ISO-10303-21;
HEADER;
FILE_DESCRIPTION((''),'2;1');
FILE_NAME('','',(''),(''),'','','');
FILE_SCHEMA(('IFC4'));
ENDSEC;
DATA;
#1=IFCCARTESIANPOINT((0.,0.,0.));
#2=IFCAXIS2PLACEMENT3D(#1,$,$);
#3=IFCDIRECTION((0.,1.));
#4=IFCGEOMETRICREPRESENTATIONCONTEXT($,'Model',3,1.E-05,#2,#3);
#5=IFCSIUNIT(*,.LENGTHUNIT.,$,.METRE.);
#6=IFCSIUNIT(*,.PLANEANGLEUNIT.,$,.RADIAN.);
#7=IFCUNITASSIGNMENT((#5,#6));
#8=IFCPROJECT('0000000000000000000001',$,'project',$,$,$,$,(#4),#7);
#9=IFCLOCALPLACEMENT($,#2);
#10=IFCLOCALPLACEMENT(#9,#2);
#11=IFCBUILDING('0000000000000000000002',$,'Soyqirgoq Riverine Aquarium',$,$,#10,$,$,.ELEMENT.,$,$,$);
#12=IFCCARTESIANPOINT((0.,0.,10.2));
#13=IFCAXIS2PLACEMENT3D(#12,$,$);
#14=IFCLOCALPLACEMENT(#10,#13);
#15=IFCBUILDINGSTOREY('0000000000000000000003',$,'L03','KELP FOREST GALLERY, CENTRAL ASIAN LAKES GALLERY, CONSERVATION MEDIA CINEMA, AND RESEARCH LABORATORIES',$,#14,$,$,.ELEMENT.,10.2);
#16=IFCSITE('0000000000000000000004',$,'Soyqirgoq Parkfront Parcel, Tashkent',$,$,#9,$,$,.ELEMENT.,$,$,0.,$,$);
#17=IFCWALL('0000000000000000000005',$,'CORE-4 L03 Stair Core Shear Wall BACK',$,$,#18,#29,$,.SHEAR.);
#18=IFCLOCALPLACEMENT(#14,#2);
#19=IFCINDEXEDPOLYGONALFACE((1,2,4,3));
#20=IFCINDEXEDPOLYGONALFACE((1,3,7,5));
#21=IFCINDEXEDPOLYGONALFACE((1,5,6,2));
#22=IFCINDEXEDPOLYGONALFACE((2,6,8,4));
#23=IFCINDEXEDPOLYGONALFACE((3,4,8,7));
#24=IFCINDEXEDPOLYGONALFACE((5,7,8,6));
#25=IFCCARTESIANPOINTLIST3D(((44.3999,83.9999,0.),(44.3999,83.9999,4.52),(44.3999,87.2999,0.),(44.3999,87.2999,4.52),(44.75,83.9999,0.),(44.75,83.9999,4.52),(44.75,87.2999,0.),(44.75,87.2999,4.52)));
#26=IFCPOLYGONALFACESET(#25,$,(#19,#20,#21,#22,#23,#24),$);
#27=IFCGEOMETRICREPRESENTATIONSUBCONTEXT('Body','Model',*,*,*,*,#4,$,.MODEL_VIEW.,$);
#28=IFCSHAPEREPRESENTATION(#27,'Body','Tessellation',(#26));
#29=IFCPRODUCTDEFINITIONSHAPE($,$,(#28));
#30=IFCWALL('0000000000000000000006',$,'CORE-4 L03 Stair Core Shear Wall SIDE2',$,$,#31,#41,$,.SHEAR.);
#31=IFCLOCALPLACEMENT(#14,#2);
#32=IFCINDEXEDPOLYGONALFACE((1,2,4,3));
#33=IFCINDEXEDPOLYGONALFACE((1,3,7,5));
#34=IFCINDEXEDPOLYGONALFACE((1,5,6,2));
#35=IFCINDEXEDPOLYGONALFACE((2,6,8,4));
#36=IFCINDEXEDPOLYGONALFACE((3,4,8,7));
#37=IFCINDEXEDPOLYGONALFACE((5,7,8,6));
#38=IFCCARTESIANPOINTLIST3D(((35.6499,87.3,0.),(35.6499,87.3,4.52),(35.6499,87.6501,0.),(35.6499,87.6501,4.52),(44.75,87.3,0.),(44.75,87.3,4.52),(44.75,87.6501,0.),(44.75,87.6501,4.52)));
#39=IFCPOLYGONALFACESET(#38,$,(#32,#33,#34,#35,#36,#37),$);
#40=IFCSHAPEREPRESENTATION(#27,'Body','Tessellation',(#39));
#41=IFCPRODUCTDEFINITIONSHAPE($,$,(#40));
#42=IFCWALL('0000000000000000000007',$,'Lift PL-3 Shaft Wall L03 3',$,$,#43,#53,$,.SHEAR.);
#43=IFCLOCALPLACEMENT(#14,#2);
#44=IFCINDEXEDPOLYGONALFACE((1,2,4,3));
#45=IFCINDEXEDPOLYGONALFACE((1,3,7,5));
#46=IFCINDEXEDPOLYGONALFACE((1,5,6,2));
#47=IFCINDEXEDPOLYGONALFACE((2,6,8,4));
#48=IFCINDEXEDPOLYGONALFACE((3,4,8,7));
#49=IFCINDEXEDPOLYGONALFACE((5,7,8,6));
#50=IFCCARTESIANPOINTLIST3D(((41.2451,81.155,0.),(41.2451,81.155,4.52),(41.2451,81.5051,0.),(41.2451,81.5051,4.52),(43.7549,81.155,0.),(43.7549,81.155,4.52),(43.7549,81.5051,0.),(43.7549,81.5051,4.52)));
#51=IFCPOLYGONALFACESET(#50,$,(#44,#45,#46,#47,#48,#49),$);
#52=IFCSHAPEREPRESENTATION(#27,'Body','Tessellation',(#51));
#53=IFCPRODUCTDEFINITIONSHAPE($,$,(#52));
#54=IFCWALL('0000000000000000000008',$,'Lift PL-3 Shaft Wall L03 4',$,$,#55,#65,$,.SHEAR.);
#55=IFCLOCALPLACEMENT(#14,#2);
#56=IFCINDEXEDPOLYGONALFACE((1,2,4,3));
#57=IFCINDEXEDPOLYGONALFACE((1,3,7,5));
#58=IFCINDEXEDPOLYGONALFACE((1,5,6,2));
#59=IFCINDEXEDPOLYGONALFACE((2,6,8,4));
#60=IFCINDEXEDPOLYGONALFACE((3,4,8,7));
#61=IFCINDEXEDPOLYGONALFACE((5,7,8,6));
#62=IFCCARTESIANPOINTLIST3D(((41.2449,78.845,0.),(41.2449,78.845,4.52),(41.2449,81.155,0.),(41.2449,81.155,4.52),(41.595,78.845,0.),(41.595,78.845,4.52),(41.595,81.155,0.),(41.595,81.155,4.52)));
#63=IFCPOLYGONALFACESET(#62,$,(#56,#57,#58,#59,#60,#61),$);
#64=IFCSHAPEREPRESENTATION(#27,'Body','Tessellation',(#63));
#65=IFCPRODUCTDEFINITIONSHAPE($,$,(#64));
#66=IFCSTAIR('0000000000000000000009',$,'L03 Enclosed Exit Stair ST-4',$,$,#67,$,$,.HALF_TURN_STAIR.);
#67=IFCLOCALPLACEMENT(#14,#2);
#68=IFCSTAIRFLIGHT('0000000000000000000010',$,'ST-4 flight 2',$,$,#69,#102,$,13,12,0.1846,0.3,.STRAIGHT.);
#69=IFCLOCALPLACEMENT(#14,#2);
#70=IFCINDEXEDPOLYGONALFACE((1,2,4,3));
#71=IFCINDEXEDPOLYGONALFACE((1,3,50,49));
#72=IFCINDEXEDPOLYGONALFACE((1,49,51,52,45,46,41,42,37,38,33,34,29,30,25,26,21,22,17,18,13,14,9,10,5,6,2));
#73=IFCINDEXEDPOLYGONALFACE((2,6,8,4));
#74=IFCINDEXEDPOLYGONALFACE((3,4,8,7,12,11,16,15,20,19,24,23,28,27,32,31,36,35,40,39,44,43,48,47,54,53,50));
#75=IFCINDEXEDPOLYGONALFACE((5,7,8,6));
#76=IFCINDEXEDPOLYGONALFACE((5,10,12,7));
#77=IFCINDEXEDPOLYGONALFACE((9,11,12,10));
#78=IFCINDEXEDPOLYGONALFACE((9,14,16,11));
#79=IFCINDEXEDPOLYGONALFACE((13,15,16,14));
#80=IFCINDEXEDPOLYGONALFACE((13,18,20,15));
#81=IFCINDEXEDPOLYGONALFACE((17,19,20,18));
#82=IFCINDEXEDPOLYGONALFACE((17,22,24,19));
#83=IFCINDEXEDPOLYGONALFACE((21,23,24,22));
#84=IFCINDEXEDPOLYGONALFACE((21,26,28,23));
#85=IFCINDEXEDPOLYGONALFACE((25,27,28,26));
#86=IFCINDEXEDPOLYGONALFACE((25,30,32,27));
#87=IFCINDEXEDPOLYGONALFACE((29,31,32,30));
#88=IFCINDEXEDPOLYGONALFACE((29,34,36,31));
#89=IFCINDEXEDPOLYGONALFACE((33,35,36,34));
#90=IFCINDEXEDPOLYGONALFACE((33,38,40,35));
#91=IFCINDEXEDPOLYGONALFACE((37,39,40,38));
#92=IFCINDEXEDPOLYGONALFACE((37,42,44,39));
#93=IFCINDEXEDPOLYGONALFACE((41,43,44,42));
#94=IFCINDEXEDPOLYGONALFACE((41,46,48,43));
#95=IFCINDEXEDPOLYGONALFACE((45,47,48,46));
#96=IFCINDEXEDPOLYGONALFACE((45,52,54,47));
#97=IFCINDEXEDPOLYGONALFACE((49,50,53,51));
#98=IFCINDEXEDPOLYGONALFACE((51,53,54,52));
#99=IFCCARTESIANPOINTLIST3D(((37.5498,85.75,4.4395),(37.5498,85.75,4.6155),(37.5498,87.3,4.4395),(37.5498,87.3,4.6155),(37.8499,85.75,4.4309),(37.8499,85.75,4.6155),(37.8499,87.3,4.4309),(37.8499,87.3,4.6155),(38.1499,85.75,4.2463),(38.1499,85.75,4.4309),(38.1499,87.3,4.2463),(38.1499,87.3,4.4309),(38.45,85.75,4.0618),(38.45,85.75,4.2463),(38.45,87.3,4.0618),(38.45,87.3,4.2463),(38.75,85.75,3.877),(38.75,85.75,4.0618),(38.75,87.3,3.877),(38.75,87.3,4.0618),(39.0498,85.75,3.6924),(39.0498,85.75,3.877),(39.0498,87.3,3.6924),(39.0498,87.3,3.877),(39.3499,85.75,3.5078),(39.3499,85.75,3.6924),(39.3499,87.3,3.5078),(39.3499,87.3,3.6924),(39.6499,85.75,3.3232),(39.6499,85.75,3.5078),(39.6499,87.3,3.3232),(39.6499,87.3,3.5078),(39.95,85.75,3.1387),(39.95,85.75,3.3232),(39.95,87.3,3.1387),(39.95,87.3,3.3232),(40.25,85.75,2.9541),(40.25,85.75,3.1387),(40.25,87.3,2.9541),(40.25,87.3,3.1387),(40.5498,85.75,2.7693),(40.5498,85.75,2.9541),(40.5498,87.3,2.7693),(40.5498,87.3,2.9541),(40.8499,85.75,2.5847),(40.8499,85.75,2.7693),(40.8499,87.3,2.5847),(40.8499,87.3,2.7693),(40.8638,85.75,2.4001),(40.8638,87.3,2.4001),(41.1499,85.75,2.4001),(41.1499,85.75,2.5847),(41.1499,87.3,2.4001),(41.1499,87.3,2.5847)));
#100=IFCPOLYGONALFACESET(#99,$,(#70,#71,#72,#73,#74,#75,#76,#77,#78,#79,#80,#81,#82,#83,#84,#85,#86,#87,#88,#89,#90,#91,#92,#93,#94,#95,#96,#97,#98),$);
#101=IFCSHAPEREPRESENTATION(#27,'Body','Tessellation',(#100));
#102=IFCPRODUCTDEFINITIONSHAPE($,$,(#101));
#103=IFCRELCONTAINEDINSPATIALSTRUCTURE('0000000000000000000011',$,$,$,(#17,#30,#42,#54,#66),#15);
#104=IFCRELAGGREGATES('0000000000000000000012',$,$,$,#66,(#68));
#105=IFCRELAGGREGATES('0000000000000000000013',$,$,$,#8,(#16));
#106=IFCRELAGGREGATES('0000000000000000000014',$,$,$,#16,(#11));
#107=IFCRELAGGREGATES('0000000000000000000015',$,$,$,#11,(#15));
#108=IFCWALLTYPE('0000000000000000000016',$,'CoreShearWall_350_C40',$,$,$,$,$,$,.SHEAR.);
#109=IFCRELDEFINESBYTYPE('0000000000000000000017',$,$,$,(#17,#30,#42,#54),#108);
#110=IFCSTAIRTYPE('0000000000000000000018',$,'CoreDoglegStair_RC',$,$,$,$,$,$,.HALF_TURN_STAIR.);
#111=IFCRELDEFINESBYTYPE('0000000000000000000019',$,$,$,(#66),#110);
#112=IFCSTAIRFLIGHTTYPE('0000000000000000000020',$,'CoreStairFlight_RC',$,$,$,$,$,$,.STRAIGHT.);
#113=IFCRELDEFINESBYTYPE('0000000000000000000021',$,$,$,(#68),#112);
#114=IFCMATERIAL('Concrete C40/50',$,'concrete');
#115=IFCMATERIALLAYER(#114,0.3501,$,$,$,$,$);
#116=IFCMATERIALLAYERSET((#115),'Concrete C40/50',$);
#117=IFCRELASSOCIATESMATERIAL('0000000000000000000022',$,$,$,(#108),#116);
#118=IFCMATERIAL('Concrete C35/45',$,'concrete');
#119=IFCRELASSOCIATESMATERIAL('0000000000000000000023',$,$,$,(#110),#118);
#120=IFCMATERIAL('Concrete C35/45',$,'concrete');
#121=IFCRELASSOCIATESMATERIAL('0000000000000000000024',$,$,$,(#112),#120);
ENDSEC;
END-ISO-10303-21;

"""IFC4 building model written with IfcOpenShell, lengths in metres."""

from ifc_helpers import new_model, si_unit, direction, frame, frame_2d, origin, place, context, subcontext, project, spatial, polyline, rectangle, outline, extrude, material, layer, layer_set, type_object, element, aggregate, save


model = new_model("IFC4")

# Units and contexts
model_context = context("Model", 3, precision=1e-05, world=origin(), true_north=direction((0.0, 1.0)))
body_context = subcontext(model_context, "Body", "Model", "MODEL_VIEW")
ifc_project = project(units=[si_unit("LENGTHUNIT", "METRE"), si_unit("PLANEANGLEUNIT", "RADIAN")], contexts=[model_context])

# Site, building, storey
site_placement = place(None, origin())
site = spatial("IfcSite", under=ifc_project, at=site_placement, Name="Soyqirgoq Parkfront Parcel, Tashkent", CompositionType="ELEMENT", RefElevation=0.0)
building_placement = place(site_placement, origin())
building = spatial("IfcBuilding", under=site, at=building_placement, Name="Soyqirgoq Riverine Aquarium", CompositionType="ELEMENT")
storey_placement = place(building_placement, frame((0.0, 0.0, 10.2)))
storey = spatial("IfcBuildingStorey", under=building, at=storey_placement, Name="L03", Description="KELP FOREST GALLERY, CENTRAL ASIAN LAKES GALLERY, CONSERVATION MEDIA CINEMA, AND RESEARCH LABORATORIES", CompositionType="ELEMENT", Elevation=10.2)

# Walls
ifc_material_1 = material(Name="Concrete C40/50", Category="concrete")
ifc_layer_1 = layer(ifc_material_1, 0.3501)
ifc_layer_set_1 = layer_set([ifc_layer_1], Name="Concrete C40/50")
wall_type = type_object("IfcWallType", Name="CoreShearWall_350_C40", PredefinedType="SHEAR", material=ifc_layer_set_1)
wall_1_placement = place(storey_placement, frame((44.575, 84.0, 0.0), z_axis=(0.0, 0.0, 1.0), x_axis=(0.0, 1.0, 0.0)))
element("IfcWall", 1, at=wall_1_placement, inside=storey, type_object=wall_type, Name="CORE-4 L03 Stair Core Shear Wall BACK", PredefinedType="SHEAR", context=body_context, shape_type="SweptSolid", body=[
    extrude(rectangle(XDim=3.3, YDim=0.3501, at=frame_2d((1.6499, 0.0))), origin(), (0.0, 0.0, 1.0), 4.52),
])
wall_2_placement = place(storey_placement, frame((44.75, 87.4751, 0.0), z_axis=(0.0, 0.0, 1.0), x_axis=(-1.0, 0.0, 0.0)))
element("IfcWall", 2, at=wall_2_placement, inside=storey, type_object=wall_type, Name="CORE-4 L03 Stair Core Shear Wall SIDE2", PredefinedType="SHEAR", context=body_context, shape_type="SweptSolid", body=[
    extrude(rectangle(XDim=9.1001, YDim=0.3501, at=frame_2d((4.55, 0.0))), origin(), (0.0, 0.0, 1.0), 4.52),
])
wall_3_placement = place(storey_placement, frame((43.7549, 81.3301, 0.0), z_axis=(0.0, 0.0, 1.0), x_axis=(-1.0, 0.0, 0.0)))
element("IfcWall", 3, at=wall_3_placement, inside=storey, type_object=wall_type, Name="Lift PL-3 Shaft Wall L03 3", PredefinedType="SHEAR", context=body_context, shape_type="SweptSolid", body=[
    extrude(rectangle(XDim=2.5098, YDim=0.3501, at=frame_2d((1.2549, 0.0))), origin(), (0.0, 0.0, 1.0), 4.52),
])
wall_4_placement = place(storey_placement, frame((41.4199, 81.155, 0.0), z_axis=(0.0, 0.0, 1.0), x_axis=(0.0, -1.0, 0.0)))
element("IfcWall", 4, at=wall_4_placement, inside=storey, type_object=wall_type, Name="Lift PL-3 Shaft Wall L03 4", PredefinedType="SHEAR", context=body_context, shape_type="SweptSolid", body=[
    extrude(rectangle(XDim=2.3101, YDim=0.3501, at=frame_2d((1.155, 0.0))), origin(), (0.0, 0.0, 1.0), 4.52),
])

# Stair, stair flight
ifc_material_2 = material(Name="Concrete C35/45", Category="concrete")
stair_type = type_object("IfcStairType", Name="CoreDoglegStair_RC", PredefinedType="HALF_TURN_STAIR", material=ifc_material_2)
stair_placement = place(storey_placement, origin())
stair = element("IfcStair", 5, at=stair_placement, inside=storey, type_object=stair_type, Name="L03 Enclosed Exit Stair ST-4", PredefinedType="HALF_TURN_STAIR")
ifc_material_3 = material(Name="Concrete C35/45", Category="concrete")
stair_flight_type = type_object("IfcStairFlightType", Name="CoreStairFlight_RC", PredefinedType="STRAIGHT", material=ifc_material_3)
stair_flight_placement = place(storey_placement, frame((41.1499, 86.5249, 2.4001), z_axis=(0.0, 0.0, 1.0), x_axis=(-1.0, 0.0, 0.0)))
stair_flight = element("IfcStairFlight", 6, at=stair_flight_placement, type_object=stair_flight_type, Name="ST-4 flight 2", NumberOfRisers=13, NumberOfTreads=12, PredefinedType="STRAIGHT", RiserHeight=0.1846, TreadLength=0.3, context=body_context, shape_type="SweptSolid", body=[
    extrude(outline(polyline([(0.0, 0.0), (0.0, 0.1846), (0.3, 0.1846), (0.3, 0.3691), (0.6001, 0.3691), (0.6001, 0.554), (0.8999, 0.554), (0.8999, 0.7385), (1.2, 0.7385), (1.2, 0.9231), (1.5, 0.9231), (1.5, 1.1077), (1.8, 1.1077), (1.8, 1.2922), (2.1001, 1.2922), (2.1001, 1.4768), (2.3999, 1.4768), (2.3999, 1.6616), (2.7, 1.6616), (2.7, 1.8462), (3.0, 1.8462), (3.0, 2.0308), (3.3, 2.0308), (3.3, 2.2153), (3.6001, 2.2153), (3.6001, 2.3999), (3.6001, 2.0393), (0.2861, 0.0), (0.0, 0.0)])), frame((0.0, 0.7749, 0.0), z_axis=(0.0, -1.0, 0.0), x_axis=(1.0, 0.0, 0.0)), (0.0, 0.0, 1.0), 1.55),
])
aggregate(stair, [stair_flight])

save(model, "model.ifc")
